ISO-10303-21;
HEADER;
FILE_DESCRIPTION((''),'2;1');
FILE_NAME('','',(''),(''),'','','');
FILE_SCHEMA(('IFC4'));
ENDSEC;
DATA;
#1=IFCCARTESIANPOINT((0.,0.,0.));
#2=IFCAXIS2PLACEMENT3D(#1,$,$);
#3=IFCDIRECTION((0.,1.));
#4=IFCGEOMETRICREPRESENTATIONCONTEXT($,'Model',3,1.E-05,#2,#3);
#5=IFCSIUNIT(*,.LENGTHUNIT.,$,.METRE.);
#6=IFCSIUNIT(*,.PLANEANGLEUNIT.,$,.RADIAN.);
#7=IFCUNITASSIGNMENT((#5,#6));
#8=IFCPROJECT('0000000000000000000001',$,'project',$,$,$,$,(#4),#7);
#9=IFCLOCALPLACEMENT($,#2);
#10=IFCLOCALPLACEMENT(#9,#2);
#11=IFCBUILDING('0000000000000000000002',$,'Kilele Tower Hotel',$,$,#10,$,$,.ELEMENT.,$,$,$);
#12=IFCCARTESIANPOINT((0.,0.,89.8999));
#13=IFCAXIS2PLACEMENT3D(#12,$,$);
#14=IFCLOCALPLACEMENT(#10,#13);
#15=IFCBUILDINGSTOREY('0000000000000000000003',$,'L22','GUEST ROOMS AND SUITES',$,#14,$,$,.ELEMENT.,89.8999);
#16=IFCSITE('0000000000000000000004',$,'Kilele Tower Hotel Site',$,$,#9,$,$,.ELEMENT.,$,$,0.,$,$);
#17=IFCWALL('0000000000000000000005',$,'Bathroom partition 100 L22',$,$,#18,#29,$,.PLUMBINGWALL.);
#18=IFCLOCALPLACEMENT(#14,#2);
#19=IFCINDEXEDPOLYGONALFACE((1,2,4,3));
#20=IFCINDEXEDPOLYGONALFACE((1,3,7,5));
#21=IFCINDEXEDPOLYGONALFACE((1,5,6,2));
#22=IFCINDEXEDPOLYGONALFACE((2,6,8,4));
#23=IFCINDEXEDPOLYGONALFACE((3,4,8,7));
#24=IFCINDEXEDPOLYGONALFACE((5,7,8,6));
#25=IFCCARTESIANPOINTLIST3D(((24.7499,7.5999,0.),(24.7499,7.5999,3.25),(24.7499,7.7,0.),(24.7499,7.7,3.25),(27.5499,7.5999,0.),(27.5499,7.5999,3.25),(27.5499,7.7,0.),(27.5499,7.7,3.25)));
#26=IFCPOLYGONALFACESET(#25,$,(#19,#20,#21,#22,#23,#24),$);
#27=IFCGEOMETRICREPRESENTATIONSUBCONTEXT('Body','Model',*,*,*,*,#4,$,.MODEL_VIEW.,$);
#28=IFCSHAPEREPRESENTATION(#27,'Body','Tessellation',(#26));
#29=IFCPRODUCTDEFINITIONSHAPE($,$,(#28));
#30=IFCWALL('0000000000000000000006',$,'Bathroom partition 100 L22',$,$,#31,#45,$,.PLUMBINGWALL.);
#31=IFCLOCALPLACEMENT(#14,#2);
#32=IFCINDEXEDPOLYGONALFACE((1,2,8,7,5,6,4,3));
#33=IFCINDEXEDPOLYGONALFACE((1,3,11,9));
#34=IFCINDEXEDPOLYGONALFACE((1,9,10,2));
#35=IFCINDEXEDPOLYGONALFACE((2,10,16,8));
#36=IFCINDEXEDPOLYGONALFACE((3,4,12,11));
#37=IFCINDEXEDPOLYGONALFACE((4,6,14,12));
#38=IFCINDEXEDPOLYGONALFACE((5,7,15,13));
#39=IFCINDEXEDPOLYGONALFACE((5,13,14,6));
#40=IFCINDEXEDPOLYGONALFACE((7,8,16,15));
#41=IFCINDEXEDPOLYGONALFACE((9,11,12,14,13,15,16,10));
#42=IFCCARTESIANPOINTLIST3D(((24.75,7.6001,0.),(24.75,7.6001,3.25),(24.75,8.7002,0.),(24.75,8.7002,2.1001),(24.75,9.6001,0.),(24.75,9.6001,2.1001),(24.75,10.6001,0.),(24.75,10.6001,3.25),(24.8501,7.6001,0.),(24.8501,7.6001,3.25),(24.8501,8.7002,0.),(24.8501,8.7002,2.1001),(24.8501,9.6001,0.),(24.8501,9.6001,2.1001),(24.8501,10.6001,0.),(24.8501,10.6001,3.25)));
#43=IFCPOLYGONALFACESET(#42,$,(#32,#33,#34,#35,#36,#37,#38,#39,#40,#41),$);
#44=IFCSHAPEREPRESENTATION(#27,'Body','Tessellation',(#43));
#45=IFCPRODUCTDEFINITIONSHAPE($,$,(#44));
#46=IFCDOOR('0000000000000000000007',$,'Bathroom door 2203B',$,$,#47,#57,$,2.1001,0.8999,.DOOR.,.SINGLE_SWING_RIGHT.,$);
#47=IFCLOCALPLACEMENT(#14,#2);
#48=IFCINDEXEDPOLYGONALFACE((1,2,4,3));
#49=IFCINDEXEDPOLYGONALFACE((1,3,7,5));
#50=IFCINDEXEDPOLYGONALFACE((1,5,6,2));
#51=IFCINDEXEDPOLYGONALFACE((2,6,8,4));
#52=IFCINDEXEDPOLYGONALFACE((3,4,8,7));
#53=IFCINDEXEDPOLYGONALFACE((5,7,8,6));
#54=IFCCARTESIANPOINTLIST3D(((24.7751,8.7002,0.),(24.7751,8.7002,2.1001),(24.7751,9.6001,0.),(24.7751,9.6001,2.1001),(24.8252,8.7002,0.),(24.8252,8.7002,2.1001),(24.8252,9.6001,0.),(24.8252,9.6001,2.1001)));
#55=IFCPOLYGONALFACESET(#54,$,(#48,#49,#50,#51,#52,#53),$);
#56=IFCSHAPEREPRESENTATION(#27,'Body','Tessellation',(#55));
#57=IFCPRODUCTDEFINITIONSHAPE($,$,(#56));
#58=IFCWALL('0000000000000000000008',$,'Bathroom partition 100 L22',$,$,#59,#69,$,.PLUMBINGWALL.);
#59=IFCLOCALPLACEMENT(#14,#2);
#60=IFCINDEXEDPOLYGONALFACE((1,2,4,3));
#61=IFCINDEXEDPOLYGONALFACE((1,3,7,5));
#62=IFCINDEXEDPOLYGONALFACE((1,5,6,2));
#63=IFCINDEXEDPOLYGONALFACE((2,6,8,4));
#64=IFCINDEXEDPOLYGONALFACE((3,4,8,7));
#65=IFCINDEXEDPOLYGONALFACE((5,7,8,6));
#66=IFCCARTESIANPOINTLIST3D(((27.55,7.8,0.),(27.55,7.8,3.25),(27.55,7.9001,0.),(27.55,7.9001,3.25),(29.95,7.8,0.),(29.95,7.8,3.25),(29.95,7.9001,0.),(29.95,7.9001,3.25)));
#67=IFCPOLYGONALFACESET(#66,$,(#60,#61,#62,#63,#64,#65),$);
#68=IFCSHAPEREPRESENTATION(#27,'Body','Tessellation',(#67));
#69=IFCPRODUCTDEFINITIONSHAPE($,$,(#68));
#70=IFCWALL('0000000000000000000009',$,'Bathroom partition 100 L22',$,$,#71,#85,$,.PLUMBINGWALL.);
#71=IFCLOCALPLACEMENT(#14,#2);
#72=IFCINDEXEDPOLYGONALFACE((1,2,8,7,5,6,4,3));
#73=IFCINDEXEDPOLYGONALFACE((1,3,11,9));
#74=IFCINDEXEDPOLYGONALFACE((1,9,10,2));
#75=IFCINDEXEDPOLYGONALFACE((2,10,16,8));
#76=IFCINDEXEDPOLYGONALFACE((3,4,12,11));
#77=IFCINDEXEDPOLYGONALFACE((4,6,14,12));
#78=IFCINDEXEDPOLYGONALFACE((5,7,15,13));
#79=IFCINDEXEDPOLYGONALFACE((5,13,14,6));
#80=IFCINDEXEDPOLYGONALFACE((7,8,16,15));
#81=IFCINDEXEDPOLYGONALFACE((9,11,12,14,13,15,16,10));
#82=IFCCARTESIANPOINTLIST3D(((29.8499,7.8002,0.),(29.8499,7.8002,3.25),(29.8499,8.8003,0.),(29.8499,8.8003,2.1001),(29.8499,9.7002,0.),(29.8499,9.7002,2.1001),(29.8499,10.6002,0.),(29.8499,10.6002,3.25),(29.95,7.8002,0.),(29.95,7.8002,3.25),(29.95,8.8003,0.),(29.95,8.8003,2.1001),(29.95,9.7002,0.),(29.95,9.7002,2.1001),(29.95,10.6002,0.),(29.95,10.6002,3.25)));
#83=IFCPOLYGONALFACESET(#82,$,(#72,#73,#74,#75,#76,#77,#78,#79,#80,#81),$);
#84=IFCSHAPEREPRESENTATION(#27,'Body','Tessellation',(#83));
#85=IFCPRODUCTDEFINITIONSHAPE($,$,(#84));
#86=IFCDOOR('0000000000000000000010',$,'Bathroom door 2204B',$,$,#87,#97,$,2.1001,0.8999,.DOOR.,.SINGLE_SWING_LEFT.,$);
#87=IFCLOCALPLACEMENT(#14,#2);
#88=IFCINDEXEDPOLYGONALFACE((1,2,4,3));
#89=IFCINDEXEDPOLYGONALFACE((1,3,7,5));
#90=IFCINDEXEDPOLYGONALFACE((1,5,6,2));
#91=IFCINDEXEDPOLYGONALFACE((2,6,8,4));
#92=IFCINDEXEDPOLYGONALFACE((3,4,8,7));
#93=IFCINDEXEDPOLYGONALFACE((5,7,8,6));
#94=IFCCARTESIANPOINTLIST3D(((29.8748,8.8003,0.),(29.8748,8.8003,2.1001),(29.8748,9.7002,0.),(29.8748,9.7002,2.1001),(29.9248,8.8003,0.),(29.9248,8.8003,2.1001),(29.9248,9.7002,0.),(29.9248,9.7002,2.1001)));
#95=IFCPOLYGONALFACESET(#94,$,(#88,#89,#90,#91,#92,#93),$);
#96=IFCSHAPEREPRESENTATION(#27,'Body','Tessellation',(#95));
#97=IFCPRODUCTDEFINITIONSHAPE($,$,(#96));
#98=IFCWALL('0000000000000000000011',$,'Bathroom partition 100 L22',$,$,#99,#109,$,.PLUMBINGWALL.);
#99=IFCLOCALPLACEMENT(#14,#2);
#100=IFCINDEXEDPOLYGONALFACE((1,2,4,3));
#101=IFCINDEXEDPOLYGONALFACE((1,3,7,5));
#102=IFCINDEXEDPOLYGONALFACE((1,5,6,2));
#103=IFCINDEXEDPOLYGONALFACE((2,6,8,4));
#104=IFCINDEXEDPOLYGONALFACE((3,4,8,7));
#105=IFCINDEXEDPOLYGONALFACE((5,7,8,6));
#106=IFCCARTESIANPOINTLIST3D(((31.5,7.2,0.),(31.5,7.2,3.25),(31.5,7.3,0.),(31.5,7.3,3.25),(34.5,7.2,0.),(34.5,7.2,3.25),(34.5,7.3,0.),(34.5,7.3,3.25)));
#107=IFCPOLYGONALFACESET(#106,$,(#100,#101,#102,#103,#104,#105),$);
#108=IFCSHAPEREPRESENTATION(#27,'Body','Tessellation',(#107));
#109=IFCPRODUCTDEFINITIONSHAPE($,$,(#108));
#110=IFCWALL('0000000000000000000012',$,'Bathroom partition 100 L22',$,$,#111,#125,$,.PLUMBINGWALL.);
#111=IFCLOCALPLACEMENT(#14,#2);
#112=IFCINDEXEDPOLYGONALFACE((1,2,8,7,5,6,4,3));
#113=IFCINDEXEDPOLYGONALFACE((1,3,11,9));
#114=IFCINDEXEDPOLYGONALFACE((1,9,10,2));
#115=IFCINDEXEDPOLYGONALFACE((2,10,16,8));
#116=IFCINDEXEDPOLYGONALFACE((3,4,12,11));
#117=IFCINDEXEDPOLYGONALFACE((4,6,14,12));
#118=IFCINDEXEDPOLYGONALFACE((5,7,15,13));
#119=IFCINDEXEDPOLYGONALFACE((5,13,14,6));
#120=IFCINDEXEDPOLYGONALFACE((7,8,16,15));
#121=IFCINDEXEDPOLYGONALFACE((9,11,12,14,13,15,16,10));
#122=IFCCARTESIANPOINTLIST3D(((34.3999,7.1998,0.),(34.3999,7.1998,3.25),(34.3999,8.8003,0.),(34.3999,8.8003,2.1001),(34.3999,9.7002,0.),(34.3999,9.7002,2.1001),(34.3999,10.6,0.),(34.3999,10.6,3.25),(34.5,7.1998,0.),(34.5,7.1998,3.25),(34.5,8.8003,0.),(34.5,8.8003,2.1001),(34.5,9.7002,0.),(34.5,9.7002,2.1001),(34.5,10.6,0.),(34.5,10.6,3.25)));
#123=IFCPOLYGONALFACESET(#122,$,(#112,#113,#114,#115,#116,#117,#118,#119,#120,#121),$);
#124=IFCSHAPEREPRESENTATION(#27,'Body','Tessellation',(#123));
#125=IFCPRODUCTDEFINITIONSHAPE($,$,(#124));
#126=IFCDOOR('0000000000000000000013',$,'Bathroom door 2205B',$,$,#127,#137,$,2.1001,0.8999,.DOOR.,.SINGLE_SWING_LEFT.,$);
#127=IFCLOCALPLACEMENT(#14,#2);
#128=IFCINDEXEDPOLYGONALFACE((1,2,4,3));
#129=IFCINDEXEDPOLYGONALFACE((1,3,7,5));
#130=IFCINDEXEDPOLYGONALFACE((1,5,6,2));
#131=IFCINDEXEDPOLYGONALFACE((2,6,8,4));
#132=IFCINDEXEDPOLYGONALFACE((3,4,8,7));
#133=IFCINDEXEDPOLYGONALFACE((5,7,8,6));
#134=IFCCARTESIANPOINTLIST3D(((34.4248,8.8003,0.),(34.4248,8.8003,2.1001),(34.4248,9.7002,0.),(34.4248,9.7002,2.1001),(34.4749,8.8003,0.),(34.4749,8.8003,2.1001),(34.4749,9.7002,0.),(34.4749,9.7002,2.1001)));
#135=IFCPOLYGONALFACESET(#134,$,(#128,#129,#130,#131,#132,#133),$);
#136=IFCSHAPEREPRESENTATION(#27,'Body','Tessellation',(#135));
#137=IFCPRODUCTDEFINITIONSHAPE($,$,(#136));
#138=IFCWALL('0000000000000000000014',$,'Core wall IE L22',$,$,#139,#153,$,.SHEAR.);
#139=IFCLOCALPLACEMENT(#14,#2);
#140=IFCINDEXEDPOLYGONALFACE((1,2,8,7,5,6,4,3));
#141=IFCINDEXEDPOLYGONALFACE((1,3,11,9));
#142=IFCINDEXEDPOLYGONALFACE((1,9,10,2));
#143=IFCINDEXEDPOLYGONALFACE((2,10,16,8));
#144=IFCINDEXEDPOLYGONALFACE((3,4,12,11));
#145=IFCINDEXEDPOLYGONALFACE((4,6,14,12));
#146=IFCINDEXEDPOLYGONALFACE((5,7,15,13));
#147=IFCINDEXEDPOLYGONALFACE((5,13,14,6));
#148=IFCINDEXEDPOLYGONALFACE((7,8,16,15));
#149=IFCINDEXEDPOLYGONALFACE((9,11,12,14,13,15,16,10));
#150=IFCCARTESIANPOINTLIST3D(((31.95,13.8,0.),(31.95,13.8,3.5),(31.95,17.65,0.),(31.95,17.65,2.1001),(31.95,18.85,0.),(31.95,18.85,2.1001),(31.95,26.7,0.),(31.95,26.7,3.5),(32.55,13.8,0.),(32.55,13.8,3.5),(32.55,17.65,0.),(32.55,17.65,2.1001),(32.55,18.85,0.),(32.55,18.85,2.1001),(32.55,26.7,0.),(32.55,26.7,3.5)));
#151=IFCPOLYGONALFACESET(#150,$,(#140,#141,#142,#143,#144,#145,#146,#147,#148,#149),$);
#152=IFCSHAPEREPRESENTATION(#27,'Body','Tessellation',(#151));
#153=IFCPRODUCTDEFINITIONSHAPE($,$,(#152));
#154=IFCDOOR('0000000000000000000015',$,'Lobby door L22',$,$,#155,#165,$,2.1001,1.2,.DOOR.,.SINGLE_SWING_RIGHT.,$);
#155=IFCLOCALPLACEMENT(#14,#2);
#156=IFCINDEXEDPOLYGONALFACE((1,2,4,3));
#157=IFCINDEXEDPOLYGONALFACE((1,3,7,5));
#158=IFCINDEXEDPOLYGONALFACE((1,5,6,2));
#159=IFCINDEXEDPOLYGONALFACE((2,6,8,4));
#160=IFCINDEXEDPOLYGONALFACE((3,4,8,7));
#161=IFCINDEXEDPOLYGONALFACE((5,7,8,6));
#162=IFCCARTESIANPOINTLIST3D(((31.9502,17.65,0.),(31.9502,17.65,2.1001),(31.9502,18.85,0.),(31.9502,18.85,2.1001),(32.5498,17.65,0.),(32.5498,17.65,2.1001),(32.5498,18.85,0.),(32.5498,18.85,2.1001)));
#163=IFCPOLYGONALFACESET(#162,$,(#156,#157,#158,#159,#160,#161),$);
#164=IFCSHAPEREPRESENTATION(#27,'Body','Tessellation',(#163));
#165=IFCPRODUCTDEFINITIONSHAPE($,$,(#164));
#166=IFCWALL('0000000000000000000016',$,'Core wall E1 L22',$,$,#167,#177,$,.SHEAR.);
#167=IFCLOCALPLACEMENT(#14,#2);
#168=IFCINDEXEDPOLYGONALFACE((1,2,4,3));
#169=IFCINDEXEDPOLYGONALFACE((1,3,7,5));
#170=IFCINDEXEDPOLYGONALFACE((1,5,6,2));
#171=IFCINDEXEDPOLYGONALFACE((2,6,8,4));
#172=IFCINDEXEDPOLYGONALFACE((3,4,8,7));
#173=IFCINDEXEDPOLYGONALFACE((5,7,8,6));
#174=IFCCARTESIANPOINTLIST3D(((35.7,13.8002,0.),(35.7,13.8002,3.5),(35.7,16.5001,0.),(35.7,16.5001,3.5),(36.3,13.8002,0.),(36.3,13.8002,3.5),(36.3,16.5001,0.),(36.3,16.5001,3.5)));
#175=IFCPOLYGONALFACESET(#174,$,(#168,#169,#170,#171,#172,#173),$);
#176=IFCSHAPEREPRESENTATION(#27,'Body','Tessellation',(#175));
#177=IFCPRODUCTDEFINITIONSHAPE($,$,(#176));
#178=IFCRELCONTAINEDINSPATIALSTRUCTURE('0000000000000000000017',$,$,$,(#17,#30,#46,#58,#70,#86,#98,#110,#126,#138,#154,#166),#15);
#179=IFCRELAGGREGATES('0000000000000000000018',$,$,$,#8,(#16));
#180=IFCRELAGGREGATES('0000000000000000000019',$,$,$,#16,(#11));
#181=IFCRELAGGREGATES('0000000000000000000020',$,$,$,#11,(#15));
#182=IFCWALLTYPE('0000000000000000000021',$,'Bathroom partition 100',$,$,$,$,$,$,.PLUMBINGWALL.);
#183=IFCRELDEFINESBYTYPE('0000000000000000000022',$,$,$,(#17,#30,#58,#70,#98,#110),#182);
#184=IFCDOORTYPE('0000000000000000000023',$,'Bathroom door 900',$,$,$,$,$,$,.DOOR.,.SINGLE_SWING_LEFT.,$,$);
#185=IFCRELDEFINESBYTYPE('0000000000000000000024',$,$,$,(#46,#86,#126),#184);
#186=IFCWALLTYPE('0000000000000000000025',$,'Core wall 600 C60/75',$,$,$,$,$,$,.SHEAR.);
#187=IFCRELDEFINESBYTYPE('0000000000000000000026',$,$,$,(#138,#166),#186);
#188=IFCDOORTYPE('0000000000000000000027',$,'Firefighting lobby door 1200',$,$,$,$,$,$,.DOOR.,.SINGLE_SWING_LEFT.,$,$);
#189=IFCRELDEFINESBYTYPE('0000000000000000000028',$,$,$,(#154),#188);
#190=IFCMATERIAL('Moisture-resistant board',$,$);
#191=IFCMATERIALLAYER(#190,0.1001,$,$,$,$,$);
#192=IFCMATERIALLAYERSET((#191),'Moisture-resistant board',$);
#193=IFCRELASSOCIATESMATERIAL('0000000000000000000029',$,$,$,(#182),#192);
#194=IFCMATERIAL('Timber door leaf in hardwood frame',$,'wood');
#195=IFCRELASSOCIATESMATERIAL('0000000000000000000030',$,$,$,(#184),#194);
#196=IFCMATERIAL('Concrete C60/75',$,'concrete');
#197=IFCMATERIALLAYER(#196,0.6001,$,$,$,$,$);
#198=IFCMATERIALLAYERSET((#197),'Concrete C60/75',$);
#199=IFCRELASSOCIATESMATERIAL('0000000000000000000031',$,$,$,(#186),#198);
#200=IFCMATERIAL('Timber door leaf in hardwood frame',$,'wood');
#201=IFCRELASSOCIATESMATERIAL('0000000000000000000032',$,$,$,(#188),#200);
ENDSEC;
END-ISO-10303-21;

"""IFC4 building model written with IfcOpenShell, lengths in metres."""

from ifc_helpers import new_model, si_unit, direction, frame, frame_2d, origin, place, context, subcontext, project, spatial, rectangle, extrude, material, layer, layer_set, type_object, element, fill, save


model = new_model("IFC4")

# Units and contexts
model_context = context("Model", 3, precision=1e-05, world=origin(), true_north=direction((0.0, 1.0)))
body_context = subcontext(model_context, "Body", "Model", "MODEL_VIEW")
ifc_project = project(units=[si_unit("LENGTHUNIT", "METRE"), si_unit("PLANEANGLEUNIT", "RADIAN")], contexts=[model_context])

# Site, building, storey
site_placement = place(None, origin())
site = spatial("IfcSite", under=ifc_project, at=site_placement, Name="Kilele Tower Hotel Site", CompositionType="ELEMENT", RefElevation=0.0)
building_placement = place(site_placement, origin())
building = spatial("IfcBuilding", under=site, at=building_placement, Name="Kilele Tower Hotel", CompositionType="ELEMENT")
storey_placement = place(building_placement, frame((0.0, 0.0, 89.8999)))
storey = spatial("IfcBuildingStorey", under=building, at=storey_placement, Name="L22", Description="GUEST ROOMS AND SUITES", CompositionType="ELEMENT", Elevation=89.8999)

# Wall
ifc_material_1 = material(Name="Moisture-resistant board")
ifc_layer_1 = layer(ifc_material_1, 0.1001)
ifc_layer_set_1 = layer_set([ifc_layer_1], Name="Moisture-resistant board")
wall_type_1 = type_object("IfcWallType", Name="Bathroom partition 100", PredefinedType="PLUMBINGWALL", material=ifc_layer_set_1)
wall_1_placement = place(storey_placement, frame((24.75, 7.6499, 0.0), z_axis=(0.0, 0.0, 1.0), x_axis=(1.0, 0.0, 0.0)))
element("IfcWall", 1, at=wall_1_placement, inside=storey, type_object=wall_type_1, Name="Bathroom partition 100 L22", PredefinedType="PLUMBINGWALL", context=body_context, shape_type="SweptSolid", body=[
    extrude(rectangle(XDim=2.8, YDim=0.1001, at=frame_2d((1.3999, 0.0))), origin(), (0.0, 0.0, 1.0), 3.25),
])

# Wall, opening, door
wall_2_placement = place(storey_placement, frame((24.8, 10.6001, 0.0), z_axis=(0.0, 0.0, 1.0), x_axis=(0.0, -1.0, 0.0)))
wall_2 = element("IfcWall", 2, at=wall_2_placement, inside=storey, type_object=wall_type_1, Name="Bathroom partition 100 L22", PredefinedType="PLUMBINGWALL", context=body_context, shape_type="SweptSolid", body=[
    extrude(rectangle(XDim=3.0, YDim=0.1001, at=frame_2d((1.5, 0.0))), origin(), (0.0, 0.0, 1.0), 3.25),
])
opening_1_placement = place(wall_2_placement, frame((1.8999, 0.0, 0.0), z_axis=(0.0, 0.0, 1.0), x_axis=(-1.0, 0.0, 0.0)))
opening_1 = element("IfcOpeningElement", 3, at=opening_1_placement, cuts=wall_2, PredefinedType="OPENING", context=body_context, shape_type="SweptSolid", body=[
    extrude(rectangle(XDim=0.8999, YDim=2.1001, at=frame_2d((0.45, 1.05))), frame((0.0, 0.0601, 0.0), z_axis=(0.0, -1.0, 0.0), x_axis=(1.0, 0.0, 0.0)), (0.0, 0.0, 1.0), 0.1201),
])
ifc_material_2 = material(Name="Timber door leaf in hardwood frame", Category="wood")
door_type_1 = type_object("IfcDoorType", Name="Bathroom door 900", OperationType="SINGLE_SWING_LEFT", PredefinedType="DOOR", material=ifc_material_2)
door_1_placement = place(opening_1_placement, origin())
door_1 = element("IfcDoor", 4, at=door_1_placement, inside=storey, type_object=door_type_1, Name="Bathroom door 2203B", OperationType="SINGLE_SWING_RIGHT", OverallHeight=2.1001, OverallWidth=0.8999, PredefinedType="DOOR", context=body_context, shape_type="SweptSolid", body=[
    extrude(rectangle(XDim=0.8999, YDim=2.1001, at=frame_2d((0.45, 1.05))), frame((0.0, 0.0249, 0.0), z_axis=(0.0, -1.0, 0.0), x_axis=(1.0, 0.0, 0.0)), (0.0, 0.0, 1.0), 0.05),
])
fill(opening_1, door_1)

# Wall
wall_3_placement = place(storey_placement, frame((27.55, 7.8501, 0.0), z_axis=(0.0, 0.0, 1.0), x_axis=(1.0, 0.0, 0.0)))
element("IfcWall", 5, at=wall_3_placement, inside=storey, type_object=wall_type_1, Name="Bathroom partition 100 L22", PredefinedType="PLUMBINGWALL", context=body_context, shape_type="SweptSolid", body=[
    extrude(rectangle(XDim=2.3999, YDim=0.1001, at=frame_2d((1.2, 0.0))), origin(), (0.0, 0.0, 1.0), 3.25),
])

# Wall, opening, door
wall_4_placement = place(storey_placement, frame((29.8999, 10.6001, 0.0), z_axis=(0.0, 0.0, 1.0), x_axis=(0.0, -1.0, 0.0)))
wall_4 = element("IfcWall", 6, at=wall_4_placement, inside=storey, type_object=wall_type_1, Name="Bathroom partition 100 L22", PredefinedType="PLUMBINGWALL", context=body_context, shape_type="SweptSolid", body=[
    extrude(rectangle(XDim=2.8, YDim=0.1001, at=frame_2d((1.3999, 0.0))), origin(), (0.0, 0.0, 1.0), 3.25),
])
opening_2_placement = place(wall_4_placement, frame((0.8999, 0.0, 0.0)))
opening_2 = element("IfcOpeningElement", 7, at=opening_2_placement, cuts=wall_4, PredefinedType="OPENING", context=body_context, shape_type="SweptSolid", body=[
    extrude(rectangle(XDim=0.8999, YDim=2.1001, at=frame_2d((0.45, 1.05))), frame((0.0, 0.0601, 0.0), z_axis=(0.0, -1.0, 0.0), x_axis=(1.0, 0.0, 0.0)), (0.0, 0.0, 1.0), 0.1201),
])
door_2_placement = place(opening_2_placement, origin())
door_2 = element("IfcDoor", 8, at=door_2_placement, inside=storey, type_object=door_type_1, Name="Bathroom door 2204B", OperationType="SINGLE_SWING_LEFT", OverallHeight=2.1001, OverallWidth=0.8999, PredefinedType="DOOR", context=body_context, shape_type="SweptSolid", body=[
    extrude(rectangle(XDim=0.8999, YDim=2.1001, at=frame_2d((0.45, 1.05))), frame((0.0, 0.0249, 0.0), z_axis=(0.0, -1.0, 0.0), x_axis=(1.0, 0.0, 0.0)), (0.0, 0.0, 1.0), 0.05),
])
fill(opening_2, door_2)

# Wall
wall_5_placement = place(storey_placement, frame((31.5, 7.25, 0.0), z_axis=(0.0, 0.0, 1.0), x_axis=(1.0, 0.0, 0.0)))
element("IfcWall", 9, at=wall_5_placement, inside=storey, type_object=wall_type_1, Name="Bathroom partition 100 L22", PredefinedType="PLUMBINGWALL", context=body_context, shape_type="SweptSolid", body=[
    extrude(rectangle(XDim=3.0, YDim=0.1001, at=frame_2d((1.5, 0.0))), origin(), (0.0, 0.0, 1.0), 3.25),
])

# Walls, openings, doors
wall_6_placement = place(storey_placement, frame((34.45, 10.6001, 0.0), z_axis=(0.0, 0.0, 1.0), x_axis=(0.0, -1.0, 0.0)))
wall_6 = element("IfcWall", 10, at=wall_6_placement, inside=storey, type_object=wall_type_1, Name="Bathroom partition 100 L22", PredefinedType="PLUMBINGWALL", context=body_context, shape_type="SweptSolid", body=[
    extrude(rectangle(XDim=3.4001, YDim=0.1001, at=frame_2d((1.7002, 0.0))), origin(), (0.0, 0.0, 1.0), 3.25),
])
opening_3_placement = place(wall_6_placement, frame((0.8999, 0.0, 0.0)))
opening_3 = element("IfcOpeningElement", 11, at=opening_3_placement, cuts=wall_6, PredefinedType="OPENING", context=body_context, shape_type="SweptSolid", body=[
    extrude(rectangle(XDim=0.8999, YDim=2.1001, at=frame_2d((0.45, 1.05))), frame((0.0, 0.0601, 0.0), z_axis=(0.0, -1.0, 0.0), x_axis=(1.0, 0.0, 0.0)), (0.0, 0.0, 1.0), 0.1201),
])
door_3_placement = place(opening_3_placement, origin())
door_3 = element("IfcDoor", 12, at=door_3_placement, inside=storey, type_object=door_type_1, Name="Bathroom door 2205B", OperationType="SINGLE_SWING_LEFT", OverallHeight=2.1001, OverallWidth=0.8999, PredefinedType="DOOR", context=body_context, shape_type="SweptSolid", body=[
    extrude(rectangle(XDim=0.8999, YDim=2.1001, at=frame_2d((0.45, 1.05))), frame((0.0, 0.0249, 0.0), z_axis=(0.0, -1.0, 0.0), x_axis=(1.0, 0.0, 0.0)), (0.0, 0.0, 1.0), 0.05),
])
fill(opening_3, door_3)
ifc_material_3 = material(Name="Concrete C60/75", Category="concrete")
ifc_layer_2 = layer(ifc_material_3, 0.6001)
ifc_layer_set_2 = layer_set([ifc_layer_2], Name="Concrete C60/75")
wall_type_2 = type_object("IfcWallType", Name="Core wall 600 C60/75", PredefinedType="SHEAR", material=ifc_layer_set_2)
wall_7_placement = place(storey_placement, frame((32.25, 13.8, 0.0), z_axis=(0.0, 0.0, 1.0), x_axis=(0.0, 1.0, 0.0)))
wall_7 = element("IfcWall", 13, at=wall_7_placement, inside=storey, type_object=wall_type_2, Name="Core wall IE L22", PredefinedType="SHEAR", context=body_context, shape_type="SweptSolid", body=[
    extrude(rectangle(XDim=12.8999, YDim=0.6001, at=frame_2d((6.45, 0.0))), origin(), (0.0, 0.0, 1.0), 3.5),
])
opening_4_placement = place(wall_7_placement, frame((5.05, 0.0, 0.0), z_axis=(0.0, 0.0, 1.0), x_axis=(-1.0, 0.0, 0.0)))
opening_4 = element("IfcOpeningElement", 14, at=opening_4_placement, cuts=wall_7, PredefinedType="OPENING", context=body_context, shape_type="SweptSolid", body=[
    extrude(rectangle(XDim=1.2, YDim=2.1001, at=frame_2d((0.6001, 1.05))), frame((0.0, 0.3101, 0.0), z_axis=(0.0, -1.0, 0.0), x_axis=(1.0, 0.0, 0.0)), (0.0, 0.0, 1.0), 0.6201),
])
ifc_material_4 = material(Name="Timber door leaf in hardwood frame", Category="wood")
door_type_2 = type_object("IfcDoorType", Name="Firefighting lobby door 1200", OperationType="SINGLE_SWING_LEFT", PredefinedType="DOOR", material=ifc_material_4)
door_4_placement = place(opening_4_placement, origin())
door_4 = element("IfcDoor", 15, at=door_4_placement, inside=storey, type_object=door_type_2, Name="Lobby door L22", OperationType="SINGLE_SWING_RIGHT", OverallHeight=2.1001, OverallWidth=1.2, PredefinedType="DOOR", context=body_context, shape_type="SweptSolid", body=[
    extrude(rectangle(XDim=1.2, YDim=2.1001, at=frame_2d((0.6001, 1.05))), frame((0.0, 0.2998, 0.0), z_axis=(0.0, -1.0, 0.0), x_axis=(1.0, 0.0, 0.0)), (0.0, 0.0, 1.0), 0.5996),
])
fill(opening_4, door_4)

# Wall
wall_8_placement = place(storey_placement, frame((36.0, 13.8, 0.0), z_axis=(0.0, 0.0, 1.0), x_axis=(0.0, 1.0, 0.0)))
element("IfcWall", 16, at=wall_8_placement, inside=storey, type_object=wall_type_2, Name="Core wall E1 L22", PredefinedType="SHEAR", context=body_context, shape_type="SweptSolid", body=[
    extrude(rectangle(XDim=2.7, YDim=0.6001, at=frame_2d((1.3501, 0.0))), origin(), (0.0, 0.0, 1.0), 3.5),
])

save(model, "model.ifc")
